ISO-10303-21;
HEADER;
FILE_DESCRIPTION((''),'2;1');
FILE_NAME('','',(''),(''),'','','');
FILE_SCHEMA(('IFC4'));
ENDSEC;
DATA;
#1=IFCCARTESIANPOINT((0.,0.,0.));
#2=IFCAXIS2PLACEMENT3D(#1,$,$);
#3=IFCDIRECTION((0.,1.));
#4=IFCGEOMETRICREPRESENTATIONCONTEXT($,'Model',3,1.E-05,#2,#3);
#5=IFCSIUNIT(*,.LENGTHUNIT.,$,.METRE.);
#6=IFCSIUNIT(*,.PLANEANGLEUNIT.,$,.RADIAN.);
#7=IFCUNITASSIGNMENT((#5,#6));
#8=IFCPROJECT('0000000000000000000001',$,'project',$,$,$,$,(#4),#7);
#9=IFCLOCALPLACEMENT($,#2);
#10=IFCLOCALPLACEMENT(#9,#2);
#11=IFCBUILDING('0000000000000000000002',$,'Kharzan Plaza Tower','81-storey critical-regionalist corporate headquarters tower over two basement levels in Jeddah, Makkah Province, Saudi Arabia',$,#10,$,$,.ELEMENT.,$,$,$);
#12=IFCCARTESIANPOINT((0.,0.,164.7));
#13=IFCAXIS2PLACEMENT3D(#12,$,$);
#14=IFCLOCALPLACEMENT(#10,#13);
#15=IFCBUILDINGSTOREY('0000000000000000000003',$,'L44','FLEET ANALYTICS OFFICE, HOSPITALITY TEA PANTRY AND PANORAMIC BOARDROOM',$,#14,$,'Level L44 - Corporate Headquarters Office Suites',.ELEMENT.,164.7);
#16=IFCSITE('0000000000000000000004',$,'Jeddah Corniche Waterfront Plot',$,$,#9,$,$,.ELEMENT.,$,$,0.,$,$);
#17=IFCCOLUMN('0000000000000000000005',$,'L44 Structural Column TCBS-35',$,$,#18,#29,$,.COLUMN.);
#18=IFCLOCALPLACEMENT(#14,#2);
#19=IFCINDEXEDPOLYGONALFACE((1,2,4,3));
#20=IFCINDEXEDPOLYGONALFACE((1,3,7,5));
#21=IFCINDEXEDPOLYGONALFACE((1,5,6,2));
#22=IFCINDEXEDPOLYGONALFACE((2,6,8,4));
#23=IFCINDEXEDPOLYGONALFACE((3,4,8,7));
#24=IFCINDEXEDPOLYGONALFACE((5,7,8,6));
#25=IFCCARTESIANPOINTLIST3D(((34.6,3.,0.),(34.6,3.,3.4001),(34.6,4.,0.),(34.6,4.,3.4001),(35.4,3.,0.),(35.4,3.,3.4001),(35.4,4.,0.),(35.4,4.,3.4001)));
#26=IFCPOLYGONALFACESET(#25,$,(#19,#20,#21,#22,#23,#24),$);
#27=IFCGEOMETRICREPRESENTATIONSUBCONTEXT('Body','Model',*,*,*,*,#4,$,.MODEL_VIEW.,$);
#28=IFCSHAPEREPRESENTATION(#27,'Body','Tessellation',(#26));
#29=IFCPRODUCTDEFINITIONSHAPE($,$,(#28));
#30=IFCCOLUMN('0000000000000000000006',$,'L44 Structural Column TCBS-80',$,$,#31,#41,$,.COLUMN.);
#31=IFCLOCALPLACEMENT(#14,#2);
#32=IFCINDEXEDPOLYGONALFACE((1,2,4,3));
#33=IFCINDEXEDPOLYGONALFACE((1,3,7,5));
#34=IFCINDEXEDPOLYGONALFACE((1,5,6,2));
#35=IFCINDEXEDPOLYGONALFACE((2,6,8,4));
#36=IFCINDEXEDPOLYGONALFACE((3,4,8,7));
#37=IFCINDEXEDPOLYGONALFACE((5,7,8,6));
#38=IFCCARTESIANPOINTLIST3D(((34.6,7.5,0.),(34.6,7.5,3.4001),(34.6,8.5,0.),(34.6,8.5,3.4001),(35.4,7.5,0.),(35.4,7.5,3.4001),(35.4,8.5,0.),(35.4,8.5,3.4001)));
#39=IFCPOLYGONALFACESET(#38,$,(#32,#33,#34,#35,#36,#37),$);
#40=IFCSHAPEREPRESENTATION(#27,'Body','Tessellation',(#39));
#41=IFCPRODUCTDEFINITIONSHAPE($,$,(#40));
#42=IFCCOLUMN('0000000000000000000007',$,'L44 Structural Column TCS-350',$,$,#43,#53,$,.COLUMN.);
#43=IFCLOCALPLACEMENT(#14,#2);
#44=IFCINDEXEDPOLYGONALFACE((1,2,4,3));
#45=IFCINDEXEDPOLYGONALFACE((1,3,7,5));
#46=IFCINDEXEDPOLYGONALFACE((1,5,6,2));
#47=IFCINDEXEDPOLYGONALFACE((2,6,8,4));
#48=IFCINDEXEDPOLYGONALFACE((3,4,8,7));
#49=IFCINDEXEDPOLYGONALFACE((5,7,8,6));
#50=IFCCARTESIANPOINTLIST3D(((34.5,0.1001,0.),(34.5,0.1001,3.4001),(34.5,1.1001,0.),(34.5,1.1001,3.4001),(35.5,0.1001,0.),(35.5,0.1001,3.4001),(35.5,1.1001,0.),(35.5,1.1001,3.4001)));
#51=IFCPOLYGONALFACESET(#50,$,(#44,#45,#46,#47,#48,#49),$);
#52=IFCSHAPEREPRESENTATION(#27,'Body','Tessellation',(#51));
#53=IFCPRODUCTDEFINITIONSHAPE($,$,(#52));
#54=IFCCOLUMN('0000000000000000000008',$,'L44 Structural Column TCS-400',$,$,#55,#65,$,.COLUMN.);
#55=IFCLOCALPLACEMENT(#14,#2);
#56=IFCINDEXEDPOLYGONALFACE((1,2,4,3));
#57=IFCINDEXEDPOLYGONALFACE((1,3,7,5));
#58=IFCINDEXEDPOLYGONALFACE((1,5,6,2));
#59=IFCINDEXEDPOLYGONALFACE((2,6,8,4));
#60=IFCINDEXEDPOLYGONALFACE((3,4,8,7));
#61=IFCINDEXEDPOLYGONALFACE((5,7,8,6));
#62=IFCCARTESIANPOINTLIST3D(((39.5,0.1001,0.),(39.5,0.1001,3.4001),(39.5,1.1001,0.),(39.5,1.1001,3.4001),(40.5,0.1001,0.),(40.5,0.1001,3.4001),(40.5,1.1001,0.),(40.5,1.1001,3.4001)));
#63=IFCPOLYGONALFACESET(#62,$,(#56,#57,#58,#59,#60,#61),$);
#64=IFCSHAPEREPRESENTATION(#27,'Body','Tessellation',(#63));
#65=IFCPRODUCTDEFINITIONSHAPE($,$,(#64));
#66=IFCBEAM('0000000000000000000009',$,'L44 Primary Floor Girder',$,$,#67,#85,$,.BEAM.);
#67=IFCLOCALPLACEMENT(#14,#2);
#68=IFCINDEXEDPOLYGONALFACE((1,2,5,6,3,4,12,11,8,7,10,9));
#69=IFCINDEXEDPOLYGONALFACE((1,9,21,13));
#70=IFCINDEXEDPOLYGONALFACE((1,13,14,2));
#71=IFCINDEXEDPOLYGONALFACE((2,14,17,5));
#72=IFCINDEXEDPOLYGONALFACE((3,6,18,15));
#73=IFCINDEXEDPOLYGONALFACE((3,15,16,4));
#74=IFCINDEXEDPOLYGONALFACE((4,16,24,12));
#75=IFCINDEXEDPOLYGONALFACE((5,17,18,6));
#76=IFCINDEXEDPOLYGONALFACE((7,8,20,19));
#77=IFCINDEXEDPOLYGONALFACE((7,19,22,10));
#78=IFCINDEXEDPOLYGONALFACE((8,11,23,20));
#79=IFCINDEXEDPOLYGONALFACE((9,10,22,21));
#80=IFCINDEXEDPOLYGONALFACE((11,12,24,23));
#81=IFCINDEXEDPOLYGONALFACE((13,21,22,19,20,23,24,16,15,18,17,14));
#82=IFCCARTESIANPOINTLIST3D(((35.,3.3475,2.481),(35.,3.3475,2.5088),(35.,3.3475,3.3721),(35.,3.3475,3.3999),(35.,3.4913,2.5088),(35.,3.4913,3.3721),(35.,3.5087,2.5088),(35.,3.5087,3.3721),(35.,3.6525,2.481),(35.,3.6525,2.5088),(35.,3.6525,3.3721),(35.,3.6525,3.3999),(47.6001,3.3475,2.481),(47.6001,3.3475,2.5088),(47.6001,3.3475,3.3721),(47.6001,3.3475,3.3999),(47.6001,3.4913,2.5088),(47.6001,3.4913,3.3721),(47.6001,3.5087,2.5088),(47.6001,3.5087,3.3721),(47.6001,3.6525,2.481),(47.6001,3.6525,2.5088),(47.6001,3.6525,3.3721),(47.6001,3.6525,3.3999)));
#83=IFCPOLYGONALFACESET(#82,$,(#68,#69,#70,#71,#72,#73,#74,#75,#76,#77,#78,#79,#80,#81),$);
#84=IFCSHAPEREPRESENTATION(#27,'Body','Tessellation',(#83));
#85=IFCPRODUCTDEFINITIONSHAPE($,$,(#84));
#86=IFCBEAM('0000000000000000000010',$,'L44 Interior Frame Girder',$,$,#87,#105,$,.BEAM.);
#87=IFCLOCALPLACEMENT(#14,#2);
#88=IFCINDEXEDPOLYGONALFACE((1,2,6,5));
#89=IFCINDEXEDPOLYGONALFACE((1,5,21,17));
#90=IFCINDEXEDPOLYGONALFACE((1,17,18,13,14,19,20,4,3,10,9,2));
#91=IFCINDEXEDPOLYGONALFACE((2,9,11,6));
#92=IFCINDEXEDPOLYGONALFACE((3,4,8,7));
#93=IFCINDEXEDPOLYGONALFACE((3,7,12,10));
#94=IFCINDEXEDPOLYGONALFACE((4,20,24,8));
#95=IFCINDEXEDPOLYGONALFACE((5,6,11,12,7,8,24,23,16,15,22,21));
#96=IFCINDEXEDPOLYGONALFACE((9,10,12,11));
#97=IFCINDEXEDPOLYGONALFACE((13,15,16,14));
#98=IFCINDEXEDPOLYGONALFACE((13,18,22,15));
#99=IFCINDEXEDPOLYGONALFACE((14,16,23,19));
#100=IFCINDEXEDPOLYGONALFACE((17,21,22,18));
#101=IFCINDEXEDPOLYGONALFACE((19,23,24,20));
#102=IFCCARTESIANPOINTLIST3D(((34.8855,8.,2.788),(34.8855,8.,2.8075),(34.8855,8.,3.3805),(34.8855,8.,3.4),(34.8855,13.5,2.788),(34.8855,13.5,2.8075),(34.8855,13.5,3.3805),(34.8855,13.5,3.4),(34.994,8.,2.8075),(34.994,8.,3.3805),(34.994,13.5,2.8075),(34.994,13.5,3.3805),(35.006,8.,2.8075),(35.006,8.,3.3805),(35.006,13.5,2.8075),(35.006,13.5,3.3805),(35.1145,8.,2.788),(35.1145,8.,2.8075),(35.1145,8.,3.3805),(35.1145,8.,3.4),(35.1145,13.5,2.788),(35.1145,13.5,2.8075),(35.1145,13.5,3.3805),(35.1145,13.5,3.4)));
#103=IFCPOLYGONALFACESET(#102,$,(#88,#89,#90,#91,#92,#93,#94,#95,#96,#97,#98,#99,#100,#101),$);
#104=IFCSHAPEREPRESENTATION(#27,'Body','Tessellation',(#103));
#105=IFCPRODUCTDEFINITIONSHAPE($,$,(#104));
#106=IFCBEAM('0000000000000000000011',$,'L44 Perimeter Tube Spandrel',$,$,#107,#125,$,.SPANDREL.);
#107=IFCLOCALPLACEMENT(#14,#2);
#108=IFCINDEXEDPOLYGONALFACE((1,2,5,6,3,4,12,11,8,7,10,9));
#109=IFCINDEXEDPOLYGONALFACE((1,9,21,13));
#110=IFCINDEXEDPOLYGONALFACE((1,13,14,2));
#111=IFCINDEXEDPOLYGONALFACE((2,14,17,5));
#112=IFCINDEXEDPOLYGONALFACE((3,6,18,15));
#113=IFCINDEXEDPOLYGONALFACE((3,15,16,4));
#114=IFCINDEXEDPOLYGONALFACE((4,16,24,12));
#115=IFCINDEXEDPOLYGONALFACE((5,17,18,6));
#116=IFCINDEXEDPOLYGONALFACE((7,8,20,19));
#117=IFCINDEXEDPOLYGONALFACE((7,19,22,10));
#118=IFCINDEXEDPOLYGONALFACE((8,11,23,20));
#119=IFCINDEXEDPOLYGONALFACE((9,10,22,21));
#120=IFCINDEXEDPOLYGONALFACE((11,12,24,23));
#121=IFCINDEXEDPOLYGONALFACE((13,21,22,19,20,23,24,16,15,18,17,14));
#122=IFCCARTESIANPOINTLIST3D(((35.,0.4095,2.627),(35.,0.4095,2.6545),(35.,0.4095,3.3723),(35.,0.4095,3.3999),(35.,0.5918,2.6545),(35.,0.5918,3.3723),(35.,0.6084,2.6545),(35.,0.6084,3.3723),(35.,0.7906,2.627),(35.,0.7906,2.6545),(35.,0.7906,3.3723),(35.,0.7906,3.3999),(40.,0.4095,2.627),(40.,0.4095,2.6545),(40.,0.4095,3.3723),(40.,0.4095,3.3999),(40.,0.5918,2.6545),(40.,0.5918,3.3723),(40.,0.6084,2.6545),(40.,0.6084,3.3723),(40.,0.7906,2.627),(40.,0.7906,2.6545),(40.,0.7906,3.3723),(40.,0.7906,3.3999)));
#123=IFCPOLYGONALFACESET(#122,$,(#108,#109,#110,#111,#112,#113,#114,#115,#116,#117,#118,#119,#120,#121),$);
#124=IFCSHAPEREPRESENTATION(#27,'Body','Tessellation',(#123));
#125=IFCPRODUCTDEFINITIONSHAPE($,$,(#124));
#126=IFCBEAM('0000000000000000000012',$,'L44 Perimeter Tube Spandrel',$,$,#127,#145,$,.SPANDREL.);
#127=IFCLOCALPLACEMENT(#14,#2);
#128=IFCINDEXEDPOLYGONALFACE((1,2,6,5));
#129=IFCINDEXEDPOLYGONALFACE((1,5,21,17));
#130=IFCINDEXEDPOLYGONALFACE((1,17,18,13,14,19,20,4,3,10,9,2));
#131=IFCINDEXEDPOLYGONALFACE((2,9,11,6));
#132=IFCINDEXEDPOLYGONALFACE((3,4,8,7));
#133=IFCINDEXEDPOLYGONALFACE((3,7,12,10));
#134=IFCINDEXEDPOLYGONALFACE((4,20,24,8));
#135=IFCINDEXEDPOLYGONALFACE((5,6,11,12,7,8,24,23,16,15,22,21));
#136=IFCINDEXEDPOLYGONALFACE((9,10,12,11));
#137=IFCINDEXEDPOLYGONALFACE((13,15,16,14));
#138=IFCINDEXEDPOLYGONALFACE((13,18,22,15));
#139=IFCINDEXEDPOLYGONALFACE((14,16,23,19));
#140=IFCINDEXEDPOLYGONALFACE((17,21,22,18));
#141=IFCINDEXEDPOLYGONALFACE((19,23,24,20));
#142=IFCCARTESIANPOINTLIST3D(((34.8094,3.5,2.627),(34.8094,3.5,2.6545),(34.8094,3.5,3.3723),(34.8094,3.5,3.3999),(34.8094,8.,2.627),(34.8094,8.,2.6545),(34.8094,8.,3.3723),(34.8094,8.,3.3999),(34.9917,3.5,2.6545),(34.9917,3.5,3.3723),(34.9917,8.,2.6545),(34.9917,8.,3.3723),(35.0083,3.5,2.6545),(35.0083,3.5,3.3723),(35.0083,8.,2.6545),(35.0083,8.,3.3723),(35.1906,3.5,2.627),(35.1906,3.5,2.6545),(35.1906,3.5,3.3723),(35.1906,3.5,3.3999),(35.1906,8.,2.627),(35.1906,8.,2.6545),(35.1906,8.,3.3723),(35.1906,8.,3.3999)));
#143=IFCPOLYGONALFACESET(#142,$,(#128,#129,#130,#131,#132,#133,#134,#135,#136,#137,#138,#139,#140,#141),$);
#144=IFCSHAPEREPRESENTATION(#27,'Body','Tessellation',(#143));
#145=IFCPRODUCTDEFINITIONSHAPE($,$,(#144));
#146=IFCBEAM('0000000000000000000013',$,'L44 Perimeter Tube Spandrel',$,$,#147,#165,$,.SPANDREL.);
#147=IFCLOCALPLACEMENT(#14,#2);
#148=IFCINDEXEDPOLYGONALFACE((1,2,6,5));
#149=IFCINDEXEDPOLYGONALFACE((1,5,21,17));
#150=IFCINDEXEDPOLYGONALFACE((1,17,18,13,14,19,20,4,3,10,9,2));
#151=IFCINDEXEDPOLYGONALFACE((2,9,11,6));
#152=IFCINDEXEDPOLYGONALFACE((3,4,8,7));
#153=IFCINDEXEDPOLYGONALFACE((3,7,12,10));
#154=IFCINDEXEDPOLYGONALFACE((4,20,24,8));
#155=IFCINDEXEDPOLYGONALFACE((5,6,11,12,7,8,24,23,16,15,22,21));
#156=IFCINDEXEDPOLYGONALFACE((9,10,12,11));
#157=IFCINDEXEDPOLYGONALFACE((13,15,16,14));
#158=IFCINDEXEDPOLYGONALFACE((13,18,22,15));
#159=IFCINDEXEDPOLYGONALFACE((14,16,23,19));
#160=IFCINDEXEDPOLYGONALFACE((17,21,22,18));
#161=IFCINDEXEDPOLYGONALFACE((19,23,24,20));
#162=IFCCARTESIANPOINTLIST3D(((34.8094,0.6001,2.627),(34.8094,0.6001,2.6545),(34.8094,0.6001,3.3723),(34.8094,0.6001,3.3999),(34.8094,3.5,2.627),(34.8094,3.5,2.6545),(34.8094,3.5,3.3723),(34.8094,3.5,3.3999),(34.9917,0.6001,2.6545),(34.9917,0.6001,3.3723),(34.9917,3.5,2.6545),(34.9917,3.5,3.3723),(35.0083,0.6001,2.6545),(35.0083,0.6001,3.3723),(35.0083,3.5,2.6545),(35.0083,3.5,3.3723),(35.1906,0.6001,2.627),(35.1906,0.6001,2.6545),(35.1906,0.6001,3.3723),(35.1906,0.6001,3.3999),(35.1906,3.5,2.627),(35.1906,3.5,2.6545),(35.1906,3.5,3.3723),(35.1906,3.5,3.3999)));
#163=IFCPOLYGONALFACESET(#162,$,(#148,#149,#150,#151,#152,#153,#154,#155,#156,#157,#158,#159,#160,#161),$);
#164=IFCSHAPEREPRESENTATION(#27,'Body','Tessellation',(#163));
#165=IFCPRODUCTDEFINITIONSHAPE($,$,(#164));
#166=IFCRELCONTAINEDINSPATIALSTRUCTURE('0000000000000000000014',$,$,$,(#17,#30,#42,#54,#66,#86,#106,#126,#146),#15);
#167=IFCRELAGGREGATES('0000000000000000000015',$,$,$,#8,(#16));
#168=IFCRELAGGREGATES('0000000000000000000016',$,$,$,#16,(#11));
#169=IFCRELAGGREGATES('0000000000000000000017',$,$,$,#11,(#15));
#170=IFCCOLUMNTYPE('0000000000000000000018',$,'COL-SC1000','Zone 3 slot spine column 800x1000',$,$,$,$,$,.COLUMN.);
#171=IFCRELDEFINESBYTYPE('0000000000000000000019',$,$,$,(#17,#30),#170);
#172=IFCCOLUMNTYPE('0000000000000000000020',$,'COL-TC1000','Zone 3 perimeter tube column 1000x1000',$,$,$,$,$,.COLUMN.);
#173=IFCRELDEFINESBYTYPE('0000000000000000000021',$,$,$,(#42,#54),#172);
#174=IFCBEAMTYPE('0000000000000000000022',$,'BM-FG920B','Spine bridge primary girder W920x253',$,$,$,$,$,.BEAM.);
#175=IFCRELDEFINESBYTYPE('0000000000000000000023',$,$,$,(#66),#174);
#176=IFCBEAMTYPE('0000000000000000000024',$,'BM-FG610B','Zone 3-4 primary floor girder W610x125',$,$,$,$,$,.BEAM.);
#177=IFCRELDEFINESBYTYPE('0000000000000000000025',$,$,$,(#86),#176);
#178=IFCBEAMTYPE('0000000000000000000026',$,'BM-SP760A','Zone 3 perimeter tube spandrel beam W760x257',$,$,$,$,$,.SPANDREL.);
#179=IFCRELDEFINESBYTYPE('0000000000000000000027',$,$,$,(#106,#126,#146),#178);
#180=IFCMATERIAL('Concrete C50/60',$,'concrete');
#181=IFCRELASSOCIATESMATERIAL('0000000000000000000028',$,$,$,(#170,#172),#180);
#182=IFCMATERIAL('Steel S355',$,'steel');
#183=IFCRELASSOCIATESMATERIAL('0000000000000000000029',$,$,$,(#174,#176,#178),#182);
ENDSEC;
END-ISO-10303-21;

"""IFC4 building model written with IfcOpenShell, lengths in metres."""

from ifc_helpers import new_model, si_unit, direction, frame, origin, origin_2d, place, context, subcontext, project, spatial, rectangle, i_section, extrude, source, transform, mapped, material, material_profile, profile_set, type_object, element, save


model = new_model("IFC4")

# Units and contexts
model_context = context("Model", 3, precision=1e-05, world=origin(), true_north=direction((0.0, 1.0)))
body_context = subcontext(model_context, "Body", "Model", "MODEL_VIEW")
ifc_project = project(units=[si_unit("LENGTHUNIT", "METRE"), si_unit("PLANEANGLEUNIT", "RADIAN")], contexts=[model_context])

# Site, building, storey
site_placement = place(None, origin())
site = spatial("IfcSite", under=ifc_project, at=site_placement, Name="Jeddah Corniche Waterfront Plot", CompositionType="ELEMENT", RefElevation=0.0)
building_placement = place(site_placement, origin())
building = spatial("IfcBuilding", under=site, at=building_placement, Name="Kharzan Plaza Tower", Description="81-storey critical-regionalist corporate headquarters tower over two basement levels in Jeddah, Makkah Province, Saudi Arabia", CompositionType="ELEMENT")
storey_placement = place(building_placement, frame((0.0, 0.0, 164.7)))
storey = spatial("IfcBuildingStorey", under=building, at=storey_placement, Name="L44", Description="FLEET ANALYTICS OFFICE, HOSPITALITY TEA PANTRY AND PANORAMIC BOARDROOM", LongName="Level L44 - Corporate Headquarters Office Suites", CompositionType="ELEMENT", Elevation=164.7)

# Columns
ifc_material_1 = material(Name="Concrete C50/60", Category="concrete")
ifc_material_profile_1 = material_profile(ifc_material_1, rectangle(XDim=0.8, YDim=1.0, at=origin_2d()), Name="RC-SC1000x800")
ifc_profile_set_1 = profile_set([ifc_material_profile_1], Name="Concrete C50/60")
column_type_1 = type_object("IfcColumnType", Name="COL-SC1000", Description="Zone 3 slot spine column 800x1000", PredefinedType="COLUMN", material=ifc_profile_set_1)
shared_shape_1 = source(origin(), body_context, "Body", "SweptSolid", [
    extrude(rectangle(XDim=0.8, YDim=1.0, at=origin_2d()), origin(), (0.0, 0.0, 1.0), 3.4001),
])
for number, where, z_axis, x_axis, name in (
    (1, (35.0, 3.5, 0.0), (0.0, 0.0, 1.0), (1.0, 0.0, 0.0), "L44 Structural Column TCBS-35"),
    (2, (35.0, 8.0, 0.0), (0.0, 0.0, 1.0), (1.0, 0.0, 0.0), "L44 Structural Column TCBS-80"),
):
    element("IfcColumn", number, at=place(storey_placement, frame(where, z_axis=z_axis, x_axis=x_axis)), inside=storey, type_object=column_type_1, Name=name, PredefinedType="COLUMN", context=body_context, shape_type="MappedRepresentation", body=[
        mapped(shared_shape_1, transform((0.0, 0.0, 0.0), x_axis=(1.0, 0.0, 0.0), y_axis=(0.0, 1.0, 0.0), z_axis=(0.0, 0.0, 1.0))),
    ])
ifc_material_profile_2 = material_profile(ifc_material_1, rectangle(XDim=1.0, YDim=1.0, at=origin_2d()), Name="RC-TC1000x1000")
ifc_profile_set_2 = profile_set([ifc_material_profile_2], Name="Concrete C50/60")
column_type_2 = type_object("IfcColumnType", Name="COL-TC1000", Description="Zone 3 perimeter tube column 1000x1000", PredefinedType="COLUMN", material=ifc_profile_set_2)
shared_shape_2 = source(origin(), body_context, "Body", "SweptSolid", [
    extrude(rectangle(XDim=1.0, YDim=1.0, at=origin_2d()), origin(), (0.0, 0.0, 1.0), 3.4001),
])
for number, where, z_axis, x_axis, name in (
    (3, (35.0, 0.6001, 0.0), (0.0, 0.0, 1.0), (1.0, 0.0, 0.0), "L44 Structural Column TCS-350"),
    (4, (40.0, 0.6001, 0.0), (0.0, 0.0, 1.0), (1.0, 0.0, 0.0), "L44 Structural Column TCS-400"),
):
    element("IfcColumn", number, at=place(storey_placement, frame(where, z_axis=z_axis, x_axis=x_axis)), inside=storey, type_object=column_type_2, Name=name, PredefinedType="COLUMN", context=body_context, shape_type="MappedRepresentation", body=[
        mapped(shared_shape_2, transform((0.0, 0.0, 0.0), x_axis=(1.0, 0.0, 0.0), y_axis=(0.0, 1.0, 0.0), z_axis=(0.0, 0.0, 1.0))),
    ])

# Beams
ifc_material_2 = material(Name="Steel S355", Category="steel")
ifc_material_profile_3 = material_profile(ifc_material_2, i_section(OverallWidth=0.3049, OverallDepth=0.9189, WebThickness=0.0173, FlangeThickness=0.0278, at=origin_2d()), Name="W920x253")
ifc_profile_set_3 = profile_set([ifc_material_profile_3], Name="Steel S355")
beam_type_1 = type_object("IfcBeamType", Name="BM-FG920B", Description="Spine bridge primary girder W920x253", PredefinedType="BEAM", material=ifc_profile_set_3)
shared_shape_3 = source(origin(), body_context, "Body", "SweptSolid", [
    extrude(i_section(OverallWidth=0.3049, OverallDepth=0.9189, WebThickness=0.0173, FlangeThickness=0.0278, at=origin_2d()), origin(), (0.0, 0.0, 1.0), 12.6001),
])
beam_1_placement = place(storey_placement, frame((35.0, 3.5, 2.9404), z_axis=(1.0, 0.0, 0.0), x_axis=(0.0, 1.0, 0.0)))
element("IfcBeam", 5, at=beam_1_placement, inside=storey, type_object=beam_type_1, Name="L44 Primary Floor Girder", PredefinedType="BEAM", context=body_context, shape_type="MappedRepresentation", body=[
    mapped(shared_shape_3, transform((0.0, 0.0, 0.0), x_axis=(1.0, 0.0, 0.0), y_axis=(0.0, 1.0, 0.0), z_axis=(0.0, 0.0, 1.0))),
])
ifc_material_profile_4 = material_profile(ifc_material_2, i_section(OverallWidth=0.229, OverallDepth=0.6121, WebThickness=0.012, FlangeThickness=0.0195, at=origin_2d()), Name="W610x125")
ifc_profile_set_4 = profile_set([ifc_material_profile_4], Name="Steel S355")
beam_type_2 = type_object("IfcBeamType", Name="BM-FG610B", Description="Zone 3-4 primary floor girder W610x125", PredefinedType="BEAM", material=ifc_profile_set_4)
shared_shape_4 = source(origin(), body_context, "Body", "SweptSolid", [
    extrude(i_section(OverallWidth=0.229, OverallDepth=0.6121, WebThickness=0.012, FlangeThickness=0.0195, at=origin_2d()), origin(), (0.0, 0.0, 1.0), 5.5),
])
beam_2_placement = place(storey_placement, frame((35.0, 8.0, 3.094), z_axis=(0.0, 1.0, 0.0), x_axis=(-1.0, 0.0, 0.0)))
element("IfcBeam", 6, at=beam_2_placement, inside=storey, type_object=beam_type_2, Name="L44 Interior Frame Girder", PredefinedType="BEAM", context=body_context, shape_type="MappedRepresentation", body=[
    mapped(shared_shape_4, transform((0.0, 0.0, 0.0), x_axis=(1.0, 0.0, 0.0), y_axis=(0.0, 1.0, 0.0), z_axis=(0.0, 0.0, 1.0))),
])
ifc_material_profile_5 = material_profile(ifc_material_2, i_section(OverallWidth=0.3811, OverallDepth=0.7729, WebThickness=0.0166, FlangeThickness=0.0276, at=origin_2d()), Name="W760x257")
ifc_profile_set_5 = profile_set([ifc_material_profile_5], Name="Steel S355")
beam_type_3 = type_object("IfcBeamType", Name="BM-SP760A", Description="Zone 3 perimeter tube spandrel beam W760x257", PredefinedType="SPANDREL", material=ifc_profile_set_5)
shared_shape_5 = source(origin(), body_context, "Body", "SweptSolid", [
    extrude(i_section(OverallWidth=0.3811, OverallDepth=0.7729, WebThickness=0.0166, FlangeThickness=0.0276, at=origin_2d()), origin(), (0.0, 0.0, 1.0), 5.0),
])
beam_3_placement = place(storey_placement, frame((35.0, 0.6001, 3.0134), z_axis=(1.0, 0.0, 0.0), x_axis=(0.0, 1.0, 0.0)))
element("IfcBeam", 7, at=beam_3_placement, inside=storey, type_object=beam_type_3, Name="L44 Perimeter Tube Spandrel", PredefinedType="SPANDREL", context=body_context, shape_type="MappedRepresentation", body=[
    mapped(shared_shape_5, transform((0.0, 0.0, 0.0), x_axis=(1.0, 0.0, 0.0), y_axis=(0.0, 1.0, 0.0), z_axis=(0.0, 0.0, 1.0))),
])
shared_shape_6 = source(origin(), body_context, "Body", "SweptSolid", [
    extrude(i_section(OverallWidth=0.3811, OverallDepth=0.7729, WebThickness=0.0166, FlangeThickness=0.0276, at=origin_2d()), origin(), (0.0, 0.0, 1.0), 4.5),
])
beam_4_placement = place(storey_placement, frame((35.0, 3.5, 3.0134), z_axis=(0.0, 1.0, 0.0), x_axis=(-1.0, 0.0, 0.0)))
element("IfcBeam", 8, at=beam_4_placement, inside=storey, type_object=beam_type_3, Name="L44 Perimeter Tube Spandrel", PredefinedType="SPANDREL", context=body_context, shape_type="MappedRepresentation", body=[
    mapped(shared_shape_6, transform((0.0, 0.0, 0.0), x_axis=(1.0, 0.0, 0.0), y_axis=(0.0, 1.0, 0.0), z_axis=(0.0, 0.0, 1.0))),
])
shared_shape_7 = source(origin(), body_context, "Body", "SweptSolid", [
    extrude(i_section(OverallWidth=0.3811, OverallDepth=0.7729, WebThickness=0.0166, FlangeThickness=0.0276, at=origin_2d()), origin(), (0.0, 0.0, 1.0), 2.8999),
])
beam_5_placement = place(storey_placement, frame((35.0, 0.6001, 3.0134), z_axis=(0.0, 1.0, 0.0), x_axis=(-1.0, 0.0, 0.0)))
element("IfcBeam", 9, at=beam_5_placement, inside=storey, type_object=beam_type_3, Name="L44 Perimeter Tube Spandrel", PredefinedType="SPANDREL", context=body_context, shape_type="MappedRepresentation", body=[
    mapped(shared_shape_7, transform((0.0, 0.0, 0.0), x_axis=(1.0, 0.0, 0.0), y_axis=(0.0, 1.0, 0.0), z_axis=(0.0, 0.0, 1.0))),
])

save(model, "model.ifc")
